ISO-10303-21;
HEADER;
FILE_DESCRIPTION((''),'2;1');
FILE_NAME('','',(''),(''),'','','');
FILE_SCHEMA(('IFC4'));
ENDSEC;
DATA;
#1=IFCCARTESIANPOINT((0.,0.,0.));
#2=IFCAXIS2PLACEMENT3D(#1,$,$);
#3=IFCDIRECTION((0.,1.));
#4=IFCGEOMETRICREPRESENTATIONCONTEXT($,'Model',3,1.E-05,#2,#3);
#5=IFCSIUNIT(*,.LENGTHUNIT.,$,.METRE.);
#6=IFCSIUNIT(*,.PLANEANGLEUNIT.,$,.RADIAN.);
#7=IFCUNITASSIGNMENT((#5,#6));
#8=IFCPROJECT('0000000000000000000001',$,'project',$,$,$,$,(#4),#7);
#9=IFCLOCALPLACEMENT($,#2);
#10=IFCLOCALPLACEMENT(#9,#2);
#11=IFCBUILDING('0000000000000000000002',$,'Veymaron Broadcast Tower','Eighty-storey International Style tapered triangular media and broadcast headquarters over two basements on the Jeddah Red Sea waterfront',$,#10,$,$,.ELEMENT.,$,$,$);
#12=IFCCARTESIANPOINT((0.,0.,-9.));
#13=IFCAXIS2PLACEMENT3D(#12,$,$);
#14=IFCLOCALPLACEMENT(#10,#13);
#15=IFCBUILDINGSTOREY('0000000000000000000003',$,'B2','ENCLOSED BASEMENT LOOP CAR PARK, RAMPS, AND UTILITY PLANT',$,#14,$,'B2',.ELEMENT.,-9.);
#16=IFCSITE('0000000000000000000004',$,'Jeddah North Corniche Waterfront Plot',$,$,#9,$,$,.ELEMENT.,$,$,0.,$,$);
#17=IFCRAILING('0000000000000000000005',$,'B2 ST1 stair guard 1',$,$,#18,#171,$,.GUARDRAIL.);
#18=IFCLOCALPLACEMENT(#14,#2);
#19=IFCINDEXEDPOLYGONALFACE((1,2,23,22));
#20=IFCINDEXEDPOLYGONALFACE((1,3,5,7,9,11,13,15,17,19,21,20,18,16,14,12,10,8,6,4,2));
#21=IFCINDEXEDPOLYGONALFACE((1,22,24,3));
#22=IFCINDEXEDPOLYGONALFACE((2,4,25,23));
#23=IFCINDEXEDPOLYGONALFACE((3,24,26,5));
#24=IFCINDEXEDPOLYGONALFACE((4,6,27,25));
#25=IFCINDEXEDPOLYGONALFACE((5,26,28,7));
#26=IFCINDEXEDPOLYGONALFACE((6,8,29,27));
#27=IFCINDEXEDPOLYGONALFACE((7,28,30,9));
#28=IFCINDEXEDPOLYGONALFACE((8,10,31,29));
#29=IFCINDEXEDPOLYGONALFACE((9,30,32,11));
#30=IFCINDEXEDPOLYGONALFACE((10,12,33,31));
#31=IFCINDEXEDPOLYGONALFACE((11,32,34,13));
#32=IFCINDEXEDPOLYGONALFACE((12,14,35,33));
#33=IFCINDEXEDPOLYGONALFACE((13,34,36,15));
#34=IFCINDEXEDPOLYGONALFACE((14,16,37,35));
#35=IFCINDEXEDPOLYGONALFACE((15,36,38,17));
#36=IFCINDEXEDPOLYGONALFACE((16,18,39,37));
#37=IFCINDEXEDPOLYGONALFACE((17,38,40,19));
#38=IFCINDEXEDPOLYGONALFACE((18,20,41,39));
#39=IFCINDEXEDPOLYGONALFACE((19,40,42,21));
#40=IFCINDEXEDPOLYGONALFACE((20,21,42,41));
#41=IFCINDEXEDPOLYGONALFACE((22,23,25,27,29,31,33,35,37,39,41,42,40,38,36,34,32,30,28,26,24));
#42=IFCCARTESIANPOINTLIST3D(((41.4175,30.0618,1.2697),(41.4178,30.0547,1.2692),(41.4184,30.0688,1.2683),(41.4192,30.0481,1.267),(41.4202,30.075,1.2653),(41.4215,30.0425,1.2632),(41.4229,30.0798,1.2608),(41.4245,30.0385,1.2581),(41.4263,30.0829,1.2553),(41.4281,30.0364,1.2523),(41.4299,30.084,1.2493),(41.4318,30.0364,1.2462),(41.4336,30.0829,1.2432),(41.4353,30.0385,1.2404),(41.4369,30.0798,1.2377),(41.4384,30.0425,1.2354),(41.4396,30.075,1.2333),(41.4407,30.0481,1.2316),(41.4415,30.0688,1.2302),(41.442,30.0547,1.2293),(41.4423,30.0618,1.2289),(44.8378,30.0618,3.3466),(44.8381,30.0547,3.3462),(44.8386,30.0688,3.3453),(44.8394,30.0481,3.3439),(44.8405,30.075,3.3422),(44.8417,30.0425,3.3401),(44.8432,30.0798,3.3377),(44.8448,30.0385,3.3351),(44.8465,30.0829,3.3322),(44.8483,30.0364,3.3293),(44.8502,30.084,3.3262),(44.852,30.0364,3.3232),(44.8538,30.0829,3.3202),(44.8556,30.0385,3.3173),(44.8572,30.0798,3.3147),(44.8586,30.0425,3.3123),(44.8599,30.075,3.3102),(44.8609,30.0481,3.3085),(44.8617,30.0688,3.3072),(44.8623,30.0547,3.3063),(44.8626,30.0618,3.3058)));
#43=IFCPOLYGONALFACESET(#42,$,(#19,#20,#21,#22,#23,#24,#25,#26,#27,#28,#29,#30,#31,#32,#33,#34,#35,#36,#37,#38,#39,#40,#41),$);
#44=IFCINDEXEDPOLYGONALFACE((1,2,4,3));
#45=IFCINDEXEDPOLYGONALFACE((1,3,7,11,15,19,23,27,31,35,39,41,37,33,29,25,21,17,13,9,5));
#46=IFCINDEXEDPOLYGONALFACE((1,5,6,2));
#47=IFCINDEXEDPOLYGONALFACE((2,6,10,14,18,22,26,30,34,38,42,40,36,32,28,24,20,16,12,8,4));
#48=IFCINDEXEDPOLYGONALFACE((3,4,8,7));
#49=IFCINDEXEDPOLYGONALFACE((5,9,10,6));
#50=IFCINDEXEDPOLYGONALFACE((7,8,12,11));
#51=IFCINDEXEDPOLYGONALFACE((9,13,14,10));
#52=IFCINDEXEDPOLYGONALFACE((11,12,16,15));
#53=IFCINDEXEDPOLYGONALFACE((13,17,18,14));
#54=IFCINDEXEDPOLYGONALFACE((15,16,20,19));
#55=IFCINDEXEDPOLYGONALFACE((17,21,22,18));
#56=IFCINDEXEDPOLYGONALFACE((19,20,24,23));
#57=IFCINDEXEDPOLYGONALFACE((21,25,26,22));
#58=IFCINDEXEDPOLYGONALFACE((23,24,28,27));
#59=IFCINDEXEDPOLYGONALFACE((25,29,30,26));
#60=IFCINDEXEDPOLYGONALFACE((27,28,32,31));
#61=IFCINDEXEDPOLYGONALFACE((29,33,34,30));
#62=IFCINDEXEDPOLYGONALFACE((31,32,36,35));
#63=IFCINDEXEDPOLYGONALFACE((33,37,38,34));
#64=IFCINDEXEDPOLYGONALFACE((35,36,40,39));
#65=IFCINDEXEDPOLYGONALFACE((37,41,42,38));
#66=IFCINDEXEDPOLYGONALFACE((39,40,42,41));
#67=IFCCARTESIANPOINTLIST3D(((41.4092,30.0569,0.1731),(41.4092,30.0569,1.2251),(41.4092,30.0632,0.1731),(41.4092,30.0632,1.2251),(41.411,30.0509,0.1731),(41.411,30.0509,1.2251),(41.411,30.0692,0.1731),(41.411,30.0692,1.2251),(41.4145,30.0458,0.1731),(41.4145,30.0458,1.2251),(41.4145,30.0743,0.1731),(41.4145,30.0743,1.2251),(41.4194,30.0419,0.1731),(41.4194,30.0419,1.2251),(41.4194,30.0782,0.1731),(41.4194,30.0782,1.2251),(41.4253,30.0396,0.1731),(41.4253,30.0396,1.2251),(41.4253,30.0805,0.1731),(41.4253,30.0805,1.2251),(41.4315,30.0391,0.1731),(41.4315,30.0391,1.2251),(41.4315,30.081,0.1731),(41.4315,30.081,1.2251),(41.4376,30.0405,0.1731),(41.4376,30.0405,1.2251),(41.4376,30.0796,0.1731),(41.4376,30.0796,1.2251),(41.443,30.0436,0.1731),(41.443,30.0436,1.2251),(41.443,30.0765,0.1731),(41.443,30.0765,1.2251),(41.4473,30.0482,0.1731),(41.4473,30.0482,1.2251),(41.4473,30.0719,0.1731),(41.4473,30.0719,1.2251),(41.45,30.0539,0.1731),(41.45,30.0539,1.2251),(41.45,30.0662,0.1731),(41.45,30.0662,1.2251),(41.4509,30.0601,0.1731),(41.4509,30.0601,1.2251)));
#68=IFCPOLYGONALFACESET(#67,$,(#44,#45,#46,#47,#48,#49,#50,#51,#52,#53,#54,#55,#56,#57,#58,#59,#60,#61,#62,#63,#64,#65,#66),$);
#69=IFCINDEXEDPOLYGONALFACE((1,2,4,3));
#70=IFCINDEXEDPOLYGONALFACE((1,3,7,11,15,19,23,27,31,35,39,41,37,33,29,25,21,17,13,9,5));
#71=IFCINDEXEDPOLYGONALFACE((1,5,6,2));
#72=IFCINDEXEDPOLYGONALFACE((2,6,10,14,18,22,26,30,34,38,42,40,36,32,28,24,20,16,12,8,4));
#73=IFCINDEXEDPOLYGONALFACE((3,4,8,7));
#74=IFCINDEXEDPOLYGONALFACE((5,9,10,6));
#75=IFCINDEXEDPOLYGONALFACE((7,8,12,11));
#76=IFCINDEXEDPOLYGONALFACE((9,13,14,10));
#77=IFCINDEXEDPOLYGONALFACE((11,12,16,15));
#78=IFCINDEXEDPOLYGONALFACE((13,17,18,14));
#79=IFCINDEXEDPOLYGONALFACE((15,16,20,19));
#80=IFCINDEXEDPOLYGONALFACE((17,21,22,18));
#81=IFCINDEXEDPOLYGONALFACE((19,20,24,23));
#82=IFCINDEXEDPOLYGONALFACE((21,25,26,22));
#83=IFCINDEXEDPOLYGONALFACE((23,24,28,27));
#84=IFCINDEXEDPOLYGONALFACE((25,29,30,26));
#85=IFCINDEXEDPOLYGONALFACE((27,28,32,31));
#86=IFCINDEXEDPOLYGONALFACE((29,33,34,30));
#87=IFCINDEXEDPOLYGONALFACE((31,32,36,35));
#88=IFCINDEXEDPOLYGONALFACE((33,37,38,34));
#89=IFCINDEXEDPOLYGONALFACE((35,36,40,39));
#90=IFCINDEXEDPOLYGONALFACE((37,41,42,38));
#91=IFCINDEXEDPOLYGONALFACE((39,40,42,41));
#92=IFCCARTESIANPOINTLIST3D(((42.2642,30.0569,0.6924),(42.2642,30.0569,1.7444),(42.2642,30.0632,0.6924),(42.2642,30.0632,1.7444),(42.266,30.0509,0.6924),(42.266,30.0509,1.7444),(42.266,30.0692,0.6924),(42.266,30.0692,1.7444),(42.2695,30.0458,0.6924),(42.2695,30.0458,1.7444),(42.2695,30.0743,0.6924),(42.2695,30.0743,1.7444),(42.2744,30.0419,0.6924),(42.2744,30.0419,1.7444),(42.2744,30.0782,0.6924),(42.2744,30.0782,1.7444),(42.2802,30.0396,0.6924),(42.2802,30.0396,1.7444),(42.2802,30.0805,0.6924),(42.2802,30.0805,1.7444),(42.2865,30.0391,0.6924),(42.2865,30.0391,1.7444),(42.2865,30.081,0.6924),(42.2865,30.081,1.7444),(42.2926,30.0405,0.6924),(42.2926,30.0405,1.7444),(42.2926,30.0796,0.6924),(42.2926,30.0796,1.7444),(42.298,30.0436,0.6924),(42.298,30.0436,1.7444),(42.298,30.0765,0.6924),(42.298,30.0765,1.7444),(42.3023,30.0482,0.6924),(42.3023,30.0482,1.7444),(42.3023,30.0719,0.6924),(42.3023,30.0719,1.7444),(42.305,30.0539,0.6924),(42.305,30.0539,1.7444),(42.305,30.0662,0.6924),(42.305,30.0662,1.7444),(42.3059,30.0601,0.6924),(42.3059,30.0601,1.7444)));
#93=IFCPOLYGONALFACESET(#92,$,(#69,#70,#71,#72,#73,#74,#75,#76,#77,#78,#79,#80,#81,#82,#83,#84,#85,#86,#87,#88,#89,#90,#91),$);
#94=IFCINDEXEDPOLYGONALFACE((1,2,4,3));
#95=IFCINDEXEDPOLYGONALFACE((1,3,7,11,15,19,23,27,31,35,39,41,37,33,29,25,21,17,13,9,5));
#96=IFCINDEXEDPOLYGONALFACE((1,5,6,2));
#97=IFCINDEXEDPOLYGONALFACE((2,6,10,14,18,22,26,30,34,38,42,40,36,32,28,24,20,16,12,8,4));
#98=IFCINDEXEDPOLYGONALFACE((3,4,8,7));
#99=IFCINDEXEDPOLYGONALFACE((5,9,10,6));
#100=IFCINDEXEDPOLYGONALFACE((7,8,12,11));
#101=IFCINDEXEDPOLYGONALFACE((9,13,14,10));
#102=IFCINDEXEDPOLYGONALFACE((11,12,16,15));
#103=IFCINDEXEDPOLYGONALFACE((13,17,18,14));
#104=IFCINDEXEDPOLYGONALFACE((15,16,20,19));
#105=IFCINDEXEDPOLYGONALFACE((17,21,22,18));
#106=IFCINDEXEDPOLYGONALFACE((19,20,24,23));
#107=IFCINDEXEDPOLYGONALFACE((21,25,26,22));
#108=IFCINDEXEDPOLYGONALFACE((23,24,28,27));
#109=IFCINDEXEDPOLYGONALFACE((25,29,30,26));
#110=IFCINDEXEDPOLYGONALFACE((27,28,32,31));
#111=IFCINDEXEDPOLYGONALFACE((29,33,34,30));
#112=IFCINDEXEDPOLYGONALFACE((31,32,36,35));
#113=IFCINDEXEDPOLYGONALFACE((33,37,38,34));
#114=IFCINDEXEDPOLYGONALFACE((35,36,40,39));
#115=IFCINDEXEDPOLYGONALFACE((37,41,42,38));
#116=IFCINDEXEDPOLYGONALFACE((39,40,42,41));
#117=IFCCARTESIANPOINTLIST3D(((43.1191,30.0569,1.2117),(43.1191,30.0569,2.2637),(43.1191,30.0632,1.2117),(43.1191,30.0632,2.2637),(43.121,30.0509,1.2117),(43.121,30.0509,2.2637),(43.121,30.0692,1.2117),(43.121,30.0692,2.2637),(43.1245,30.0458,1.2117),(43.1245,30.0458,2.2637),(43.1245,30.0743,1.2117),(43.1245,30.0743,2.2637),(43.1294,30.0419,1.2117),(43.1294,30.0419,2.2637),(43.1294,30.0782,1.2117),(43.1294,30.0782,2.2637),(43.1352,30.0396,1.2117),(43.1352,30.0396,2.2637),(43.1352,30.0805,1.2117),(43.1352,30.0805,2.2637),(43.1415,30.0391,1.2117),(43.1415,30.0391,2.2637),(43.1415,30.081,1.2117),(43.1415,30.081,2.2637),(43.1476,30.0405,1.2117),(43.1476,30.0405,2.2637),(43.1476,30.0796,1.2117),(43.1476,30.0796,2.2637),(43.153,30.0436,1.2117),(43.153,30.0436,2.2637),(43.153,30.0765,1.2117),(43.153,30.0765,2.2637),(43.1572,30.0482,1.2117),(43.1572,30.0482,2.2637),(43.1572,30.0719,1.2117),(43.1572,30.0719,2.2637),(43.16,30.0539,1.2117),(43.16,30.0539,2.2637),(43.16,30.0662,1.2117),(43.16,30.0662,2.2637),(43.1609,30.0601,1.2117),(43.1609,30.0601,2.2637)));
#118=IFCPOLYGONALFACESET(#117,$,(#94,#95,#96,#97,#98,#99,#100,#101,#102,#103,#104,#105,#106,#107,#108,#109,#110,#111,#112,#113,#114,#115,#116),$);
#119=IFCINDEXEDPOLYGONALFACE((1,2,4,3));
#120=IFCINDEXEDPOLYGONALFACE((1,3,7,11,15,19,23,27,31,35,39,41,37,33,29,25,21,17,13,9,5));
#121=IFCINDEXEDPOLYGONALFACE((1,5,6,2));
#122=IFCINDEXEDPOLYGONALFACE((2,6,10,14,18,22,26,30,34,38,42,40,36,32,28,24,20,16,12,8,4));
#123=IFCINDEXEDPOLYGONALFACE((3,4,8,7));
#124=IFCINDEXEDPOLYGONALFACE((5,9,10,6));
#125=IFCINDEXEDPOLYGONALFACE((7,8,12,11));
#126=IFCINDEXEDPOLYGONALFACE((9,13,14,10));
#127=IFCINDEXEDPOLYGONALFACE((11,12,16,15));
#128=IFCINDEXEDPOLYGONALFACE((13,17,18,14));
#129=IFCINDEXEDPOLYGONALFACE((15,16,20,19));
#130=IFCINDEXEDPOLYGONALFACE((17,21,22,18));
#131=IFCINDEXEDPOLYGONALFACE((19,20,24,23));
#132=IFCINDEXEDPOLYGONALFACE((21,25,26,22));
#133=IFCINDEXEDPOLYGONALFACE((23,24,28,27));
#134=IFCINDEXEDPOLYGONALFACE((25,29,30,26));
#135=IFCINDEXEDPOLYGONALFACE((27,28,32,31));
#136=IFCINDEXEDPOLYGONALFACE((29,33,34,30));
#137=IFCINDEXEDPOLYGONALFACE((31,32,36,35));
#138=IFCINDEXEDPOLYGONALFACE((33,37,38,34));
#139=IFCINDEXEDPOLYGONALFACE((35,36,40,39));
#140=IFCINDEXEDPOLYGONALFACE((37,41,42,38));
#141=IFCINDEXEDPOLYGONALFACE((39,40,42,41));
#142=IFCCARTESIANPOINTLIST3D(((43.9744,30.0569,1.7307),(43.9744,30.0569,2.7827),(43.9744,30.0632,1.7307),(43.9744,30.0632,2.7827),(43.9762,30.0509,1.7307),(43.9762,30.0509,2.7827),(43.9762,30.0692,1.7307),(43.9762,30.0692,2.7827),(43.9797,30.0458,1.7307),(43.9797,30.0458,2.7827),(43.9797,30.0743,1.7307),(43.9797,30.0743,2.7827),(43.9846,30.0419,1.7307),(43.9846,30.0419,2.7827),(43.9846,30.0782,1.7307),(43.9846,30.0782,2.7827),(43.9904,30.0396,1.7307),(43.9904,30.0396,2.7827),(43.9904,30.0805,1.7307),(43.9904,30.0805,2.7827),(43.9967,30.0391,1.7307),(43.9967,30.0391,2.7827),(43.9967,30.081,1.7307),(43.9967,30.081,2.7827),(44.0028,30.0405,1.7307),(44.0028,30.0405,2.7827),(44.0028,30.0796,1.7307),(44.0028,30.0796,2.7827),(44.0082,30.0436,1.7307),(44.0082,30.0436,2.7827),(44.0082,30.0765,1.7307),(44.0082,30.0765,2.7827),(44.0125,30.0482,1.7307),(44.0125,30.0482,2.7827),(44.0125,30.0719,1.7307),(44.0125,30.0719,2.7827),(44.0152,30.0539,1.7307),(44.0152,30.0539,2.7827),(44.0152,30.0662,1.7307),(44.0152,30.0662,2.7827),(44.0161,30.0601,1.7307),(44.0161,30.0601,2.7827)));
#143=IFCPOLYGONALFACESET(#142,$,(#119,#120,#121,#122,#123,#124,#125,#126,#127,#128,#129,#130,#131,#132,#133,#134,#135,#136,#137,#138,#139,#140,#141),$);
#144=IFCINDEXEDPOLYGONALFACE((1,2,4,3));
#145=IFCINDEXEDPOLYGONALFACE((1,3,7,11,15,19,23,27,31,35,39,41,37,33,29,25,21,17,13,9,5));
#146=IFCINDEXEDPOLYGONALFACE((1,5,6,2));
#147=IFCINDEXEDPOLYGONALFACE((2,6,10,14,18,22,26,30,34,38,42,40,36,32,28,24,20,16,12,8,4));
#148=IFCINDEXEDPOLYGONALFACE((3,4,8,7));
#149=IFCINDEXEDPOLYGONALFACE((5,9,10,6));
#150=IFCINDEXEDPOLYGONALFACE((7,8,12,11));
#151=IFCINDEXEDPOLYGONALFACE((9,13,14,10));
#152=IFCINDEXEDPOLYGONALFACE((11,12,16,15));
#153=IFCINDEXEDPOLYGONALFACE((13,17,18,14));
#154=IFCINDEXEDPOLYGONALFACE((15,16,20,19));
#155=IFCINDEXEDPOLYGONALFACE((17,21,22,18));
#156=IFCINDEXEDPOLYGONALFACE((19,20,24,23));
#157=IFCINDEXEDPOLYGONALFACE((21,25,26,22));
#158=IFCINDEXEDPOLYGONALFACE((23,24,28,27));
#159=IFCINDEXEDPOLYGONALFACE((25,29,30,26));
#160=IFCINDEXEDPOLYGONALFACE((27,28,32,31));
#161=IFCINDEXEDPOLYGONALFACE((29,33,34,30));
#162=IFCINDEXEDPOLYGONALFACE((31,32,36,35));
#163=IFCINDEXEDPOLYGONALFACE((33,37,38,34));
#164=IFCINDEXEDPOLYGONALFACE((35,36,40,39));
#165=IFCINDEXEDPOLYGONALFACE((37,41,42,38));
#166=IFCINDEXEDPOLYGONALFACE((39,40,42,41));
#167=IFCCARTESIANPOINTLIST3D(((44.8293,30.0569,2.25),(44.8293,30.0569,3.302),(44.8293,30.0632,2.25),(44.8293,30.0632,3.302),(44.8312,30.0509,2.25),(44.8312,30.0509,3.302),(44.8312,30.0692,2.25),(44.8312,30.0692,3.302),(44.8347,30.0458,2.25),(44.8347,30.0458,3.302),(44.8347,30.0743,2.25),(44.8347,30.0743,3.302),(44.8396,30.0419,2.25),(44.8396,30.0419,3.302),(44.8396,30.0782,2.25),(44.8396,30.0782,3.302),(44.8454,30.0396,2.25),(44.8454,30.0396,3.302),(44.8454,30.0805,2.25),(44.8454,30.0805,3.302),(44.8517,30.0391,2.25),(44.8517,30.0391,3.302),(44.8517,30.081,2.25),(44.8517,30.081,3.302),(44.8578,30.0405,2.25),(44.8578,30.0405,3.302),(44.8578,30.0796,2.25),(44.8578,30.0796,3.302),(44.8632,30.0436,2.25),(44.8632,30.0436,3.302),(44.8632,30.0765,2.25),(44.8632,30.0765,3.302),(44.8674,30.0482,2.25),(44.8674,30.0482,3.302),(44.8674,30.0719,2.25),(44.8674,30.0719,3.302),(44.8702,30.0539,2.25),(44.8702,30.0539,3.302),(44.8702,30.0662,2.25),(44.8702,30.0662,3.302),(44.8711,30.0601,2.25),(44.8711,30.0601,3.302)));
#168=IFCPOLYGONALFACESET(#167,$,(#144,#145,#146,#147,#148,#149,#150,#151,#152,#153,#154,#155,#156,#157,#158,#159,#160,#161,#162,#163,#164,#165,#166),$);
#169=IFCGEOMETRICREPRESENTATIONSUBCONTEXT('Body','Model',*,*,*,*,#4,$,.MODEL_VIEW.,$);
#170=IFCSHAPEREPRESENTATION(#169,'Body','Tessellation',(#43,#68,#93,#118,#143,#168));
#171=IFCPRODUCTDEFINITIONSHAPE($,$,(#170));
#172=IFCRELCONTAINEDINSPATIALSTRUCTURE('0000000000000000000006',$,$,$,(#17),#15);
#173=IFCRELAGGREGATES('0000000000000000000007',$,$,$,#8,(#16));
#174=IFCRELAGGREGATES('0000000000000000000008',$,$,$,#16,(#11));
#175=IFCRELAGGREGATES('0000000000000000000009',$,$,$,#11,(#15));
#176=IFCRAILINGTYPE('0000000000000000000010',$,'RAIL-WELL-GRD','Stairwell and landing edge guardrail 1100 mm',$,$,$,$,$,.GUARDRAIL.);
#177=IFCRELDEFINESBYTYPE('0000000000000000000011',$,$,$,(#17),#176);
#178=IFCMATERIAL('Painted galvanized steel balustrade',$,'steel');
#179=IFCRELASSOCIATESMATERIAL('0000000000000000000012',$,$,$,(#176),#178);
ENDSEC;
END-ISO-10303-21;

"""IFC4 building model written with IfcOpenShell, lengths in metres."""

from ifc_helpers import new_model, si_unit, direction, frame, origin, origin_2d, place, context, subcontext, project, spatial, circle, extrude, material, type_object, element, save


model = new_model("IFC4")

# Units and contexts
model_context = context("Model", 3, precision=1e-05, world=origin(), true_north=direction((0.0, 1.0)))
body_context = subcontext(model_context, "Body", "Model", "MODEL_VIEW")
ifc_project = project(units=[si_unit("LENGTHUNIT", "METRE"), si_unit("PLANEANGLEUNIT", "RADIAN")], contexts=[model_context])

# Site, building, storey
site_placement = place(None, origin())
site = spatial("IfcSite", under=ifc_project, at=site_placement, Name="Jeddah North Corniche Waterfront Plot", CompositionType="ELEMENT", RefElevation=0.0)
building_placement = place(site_placement, origin())
building = spatial("IfcBuilding", under=site, at=building_placement, Name="Veymaron Broadcast Tower", Description="Eighty-storey International Style tapered triangular media and broadcast headquarters over two basements on the Jeddah Red Sea waterfront", CompositionType="ELEMENT")
storey_placement = place(building_placement, frame((0.0, 0.0, -9.0)))
storey = spatial("IfcBuildingStorey", under=building, at=storey_placement, Name="B2", Description="ENCLOSED BASEMENT LOOP CAR PARK, RAMPS, AND UTILITY PLANT", LongName="B2", CompositionType="ELEMENT", Elevation=-9.0)

# Railing
ifc_material_1 = material(Name="Painted galvanized steel balustrade", Category="steel")
railing_type_1 = type_object("IfcRailingType", Name="RAIL-WELL-GRD", Description="Stairwell and landing edge guardrail 1100 mm", PredefinedType="GUARDRAIL", material=ifc_material_1)
railing_1_placement = place(storey_placement, frame((41.4299, 30.0601, 0.1731)))
element("IfcRailing", 1, at=railing_1_placement, inside=storey, type_object=railing_type_1, Name="B2 ST1 stair guard 1", PredefinedType="GUARDRAIL", context=body_context, shape_type="SweptSolid", body=[
    extrude(circle(Radius=0.0239, at=origin_2d()), frame((0.0, 0.0, 1.0762), z_axis=(0.854746, 0.0, 0.519047), x_axis=(0.0, 1.0, 0.0)), (0.0, 0.0, 1.0), 4.0015),
    extrude(circle(Radius=0.021, at=origin_2d()), origin(), (0.0, 0.0, 1.0), 1.052),
    extrude(circle(Radius=0.021, at=origin_2d()), frame((0.855, 0.0, 0.5193)), (0.0, 0.0, 1.0), 1.052),
    extrude(circle(Radius=0.021, at=origin_2d()), frame((1.71, 0.0, 1.0386)), (0.0, 0.0, 1.0), 1.052),
    extrude(circle(Radius=0.021, at=origin_2d()), frame((2.5652, 0.0, 1.5576)), (0.0, 0.0, 1.0), 1.052),
    extrude(circle(Radius=0.021, at=origin_2d()), frame((3.4202, 0.0, 2.0769)), (0.0, 0.0, 1.0), 1.052),
])

save(model, "model.ifc")
